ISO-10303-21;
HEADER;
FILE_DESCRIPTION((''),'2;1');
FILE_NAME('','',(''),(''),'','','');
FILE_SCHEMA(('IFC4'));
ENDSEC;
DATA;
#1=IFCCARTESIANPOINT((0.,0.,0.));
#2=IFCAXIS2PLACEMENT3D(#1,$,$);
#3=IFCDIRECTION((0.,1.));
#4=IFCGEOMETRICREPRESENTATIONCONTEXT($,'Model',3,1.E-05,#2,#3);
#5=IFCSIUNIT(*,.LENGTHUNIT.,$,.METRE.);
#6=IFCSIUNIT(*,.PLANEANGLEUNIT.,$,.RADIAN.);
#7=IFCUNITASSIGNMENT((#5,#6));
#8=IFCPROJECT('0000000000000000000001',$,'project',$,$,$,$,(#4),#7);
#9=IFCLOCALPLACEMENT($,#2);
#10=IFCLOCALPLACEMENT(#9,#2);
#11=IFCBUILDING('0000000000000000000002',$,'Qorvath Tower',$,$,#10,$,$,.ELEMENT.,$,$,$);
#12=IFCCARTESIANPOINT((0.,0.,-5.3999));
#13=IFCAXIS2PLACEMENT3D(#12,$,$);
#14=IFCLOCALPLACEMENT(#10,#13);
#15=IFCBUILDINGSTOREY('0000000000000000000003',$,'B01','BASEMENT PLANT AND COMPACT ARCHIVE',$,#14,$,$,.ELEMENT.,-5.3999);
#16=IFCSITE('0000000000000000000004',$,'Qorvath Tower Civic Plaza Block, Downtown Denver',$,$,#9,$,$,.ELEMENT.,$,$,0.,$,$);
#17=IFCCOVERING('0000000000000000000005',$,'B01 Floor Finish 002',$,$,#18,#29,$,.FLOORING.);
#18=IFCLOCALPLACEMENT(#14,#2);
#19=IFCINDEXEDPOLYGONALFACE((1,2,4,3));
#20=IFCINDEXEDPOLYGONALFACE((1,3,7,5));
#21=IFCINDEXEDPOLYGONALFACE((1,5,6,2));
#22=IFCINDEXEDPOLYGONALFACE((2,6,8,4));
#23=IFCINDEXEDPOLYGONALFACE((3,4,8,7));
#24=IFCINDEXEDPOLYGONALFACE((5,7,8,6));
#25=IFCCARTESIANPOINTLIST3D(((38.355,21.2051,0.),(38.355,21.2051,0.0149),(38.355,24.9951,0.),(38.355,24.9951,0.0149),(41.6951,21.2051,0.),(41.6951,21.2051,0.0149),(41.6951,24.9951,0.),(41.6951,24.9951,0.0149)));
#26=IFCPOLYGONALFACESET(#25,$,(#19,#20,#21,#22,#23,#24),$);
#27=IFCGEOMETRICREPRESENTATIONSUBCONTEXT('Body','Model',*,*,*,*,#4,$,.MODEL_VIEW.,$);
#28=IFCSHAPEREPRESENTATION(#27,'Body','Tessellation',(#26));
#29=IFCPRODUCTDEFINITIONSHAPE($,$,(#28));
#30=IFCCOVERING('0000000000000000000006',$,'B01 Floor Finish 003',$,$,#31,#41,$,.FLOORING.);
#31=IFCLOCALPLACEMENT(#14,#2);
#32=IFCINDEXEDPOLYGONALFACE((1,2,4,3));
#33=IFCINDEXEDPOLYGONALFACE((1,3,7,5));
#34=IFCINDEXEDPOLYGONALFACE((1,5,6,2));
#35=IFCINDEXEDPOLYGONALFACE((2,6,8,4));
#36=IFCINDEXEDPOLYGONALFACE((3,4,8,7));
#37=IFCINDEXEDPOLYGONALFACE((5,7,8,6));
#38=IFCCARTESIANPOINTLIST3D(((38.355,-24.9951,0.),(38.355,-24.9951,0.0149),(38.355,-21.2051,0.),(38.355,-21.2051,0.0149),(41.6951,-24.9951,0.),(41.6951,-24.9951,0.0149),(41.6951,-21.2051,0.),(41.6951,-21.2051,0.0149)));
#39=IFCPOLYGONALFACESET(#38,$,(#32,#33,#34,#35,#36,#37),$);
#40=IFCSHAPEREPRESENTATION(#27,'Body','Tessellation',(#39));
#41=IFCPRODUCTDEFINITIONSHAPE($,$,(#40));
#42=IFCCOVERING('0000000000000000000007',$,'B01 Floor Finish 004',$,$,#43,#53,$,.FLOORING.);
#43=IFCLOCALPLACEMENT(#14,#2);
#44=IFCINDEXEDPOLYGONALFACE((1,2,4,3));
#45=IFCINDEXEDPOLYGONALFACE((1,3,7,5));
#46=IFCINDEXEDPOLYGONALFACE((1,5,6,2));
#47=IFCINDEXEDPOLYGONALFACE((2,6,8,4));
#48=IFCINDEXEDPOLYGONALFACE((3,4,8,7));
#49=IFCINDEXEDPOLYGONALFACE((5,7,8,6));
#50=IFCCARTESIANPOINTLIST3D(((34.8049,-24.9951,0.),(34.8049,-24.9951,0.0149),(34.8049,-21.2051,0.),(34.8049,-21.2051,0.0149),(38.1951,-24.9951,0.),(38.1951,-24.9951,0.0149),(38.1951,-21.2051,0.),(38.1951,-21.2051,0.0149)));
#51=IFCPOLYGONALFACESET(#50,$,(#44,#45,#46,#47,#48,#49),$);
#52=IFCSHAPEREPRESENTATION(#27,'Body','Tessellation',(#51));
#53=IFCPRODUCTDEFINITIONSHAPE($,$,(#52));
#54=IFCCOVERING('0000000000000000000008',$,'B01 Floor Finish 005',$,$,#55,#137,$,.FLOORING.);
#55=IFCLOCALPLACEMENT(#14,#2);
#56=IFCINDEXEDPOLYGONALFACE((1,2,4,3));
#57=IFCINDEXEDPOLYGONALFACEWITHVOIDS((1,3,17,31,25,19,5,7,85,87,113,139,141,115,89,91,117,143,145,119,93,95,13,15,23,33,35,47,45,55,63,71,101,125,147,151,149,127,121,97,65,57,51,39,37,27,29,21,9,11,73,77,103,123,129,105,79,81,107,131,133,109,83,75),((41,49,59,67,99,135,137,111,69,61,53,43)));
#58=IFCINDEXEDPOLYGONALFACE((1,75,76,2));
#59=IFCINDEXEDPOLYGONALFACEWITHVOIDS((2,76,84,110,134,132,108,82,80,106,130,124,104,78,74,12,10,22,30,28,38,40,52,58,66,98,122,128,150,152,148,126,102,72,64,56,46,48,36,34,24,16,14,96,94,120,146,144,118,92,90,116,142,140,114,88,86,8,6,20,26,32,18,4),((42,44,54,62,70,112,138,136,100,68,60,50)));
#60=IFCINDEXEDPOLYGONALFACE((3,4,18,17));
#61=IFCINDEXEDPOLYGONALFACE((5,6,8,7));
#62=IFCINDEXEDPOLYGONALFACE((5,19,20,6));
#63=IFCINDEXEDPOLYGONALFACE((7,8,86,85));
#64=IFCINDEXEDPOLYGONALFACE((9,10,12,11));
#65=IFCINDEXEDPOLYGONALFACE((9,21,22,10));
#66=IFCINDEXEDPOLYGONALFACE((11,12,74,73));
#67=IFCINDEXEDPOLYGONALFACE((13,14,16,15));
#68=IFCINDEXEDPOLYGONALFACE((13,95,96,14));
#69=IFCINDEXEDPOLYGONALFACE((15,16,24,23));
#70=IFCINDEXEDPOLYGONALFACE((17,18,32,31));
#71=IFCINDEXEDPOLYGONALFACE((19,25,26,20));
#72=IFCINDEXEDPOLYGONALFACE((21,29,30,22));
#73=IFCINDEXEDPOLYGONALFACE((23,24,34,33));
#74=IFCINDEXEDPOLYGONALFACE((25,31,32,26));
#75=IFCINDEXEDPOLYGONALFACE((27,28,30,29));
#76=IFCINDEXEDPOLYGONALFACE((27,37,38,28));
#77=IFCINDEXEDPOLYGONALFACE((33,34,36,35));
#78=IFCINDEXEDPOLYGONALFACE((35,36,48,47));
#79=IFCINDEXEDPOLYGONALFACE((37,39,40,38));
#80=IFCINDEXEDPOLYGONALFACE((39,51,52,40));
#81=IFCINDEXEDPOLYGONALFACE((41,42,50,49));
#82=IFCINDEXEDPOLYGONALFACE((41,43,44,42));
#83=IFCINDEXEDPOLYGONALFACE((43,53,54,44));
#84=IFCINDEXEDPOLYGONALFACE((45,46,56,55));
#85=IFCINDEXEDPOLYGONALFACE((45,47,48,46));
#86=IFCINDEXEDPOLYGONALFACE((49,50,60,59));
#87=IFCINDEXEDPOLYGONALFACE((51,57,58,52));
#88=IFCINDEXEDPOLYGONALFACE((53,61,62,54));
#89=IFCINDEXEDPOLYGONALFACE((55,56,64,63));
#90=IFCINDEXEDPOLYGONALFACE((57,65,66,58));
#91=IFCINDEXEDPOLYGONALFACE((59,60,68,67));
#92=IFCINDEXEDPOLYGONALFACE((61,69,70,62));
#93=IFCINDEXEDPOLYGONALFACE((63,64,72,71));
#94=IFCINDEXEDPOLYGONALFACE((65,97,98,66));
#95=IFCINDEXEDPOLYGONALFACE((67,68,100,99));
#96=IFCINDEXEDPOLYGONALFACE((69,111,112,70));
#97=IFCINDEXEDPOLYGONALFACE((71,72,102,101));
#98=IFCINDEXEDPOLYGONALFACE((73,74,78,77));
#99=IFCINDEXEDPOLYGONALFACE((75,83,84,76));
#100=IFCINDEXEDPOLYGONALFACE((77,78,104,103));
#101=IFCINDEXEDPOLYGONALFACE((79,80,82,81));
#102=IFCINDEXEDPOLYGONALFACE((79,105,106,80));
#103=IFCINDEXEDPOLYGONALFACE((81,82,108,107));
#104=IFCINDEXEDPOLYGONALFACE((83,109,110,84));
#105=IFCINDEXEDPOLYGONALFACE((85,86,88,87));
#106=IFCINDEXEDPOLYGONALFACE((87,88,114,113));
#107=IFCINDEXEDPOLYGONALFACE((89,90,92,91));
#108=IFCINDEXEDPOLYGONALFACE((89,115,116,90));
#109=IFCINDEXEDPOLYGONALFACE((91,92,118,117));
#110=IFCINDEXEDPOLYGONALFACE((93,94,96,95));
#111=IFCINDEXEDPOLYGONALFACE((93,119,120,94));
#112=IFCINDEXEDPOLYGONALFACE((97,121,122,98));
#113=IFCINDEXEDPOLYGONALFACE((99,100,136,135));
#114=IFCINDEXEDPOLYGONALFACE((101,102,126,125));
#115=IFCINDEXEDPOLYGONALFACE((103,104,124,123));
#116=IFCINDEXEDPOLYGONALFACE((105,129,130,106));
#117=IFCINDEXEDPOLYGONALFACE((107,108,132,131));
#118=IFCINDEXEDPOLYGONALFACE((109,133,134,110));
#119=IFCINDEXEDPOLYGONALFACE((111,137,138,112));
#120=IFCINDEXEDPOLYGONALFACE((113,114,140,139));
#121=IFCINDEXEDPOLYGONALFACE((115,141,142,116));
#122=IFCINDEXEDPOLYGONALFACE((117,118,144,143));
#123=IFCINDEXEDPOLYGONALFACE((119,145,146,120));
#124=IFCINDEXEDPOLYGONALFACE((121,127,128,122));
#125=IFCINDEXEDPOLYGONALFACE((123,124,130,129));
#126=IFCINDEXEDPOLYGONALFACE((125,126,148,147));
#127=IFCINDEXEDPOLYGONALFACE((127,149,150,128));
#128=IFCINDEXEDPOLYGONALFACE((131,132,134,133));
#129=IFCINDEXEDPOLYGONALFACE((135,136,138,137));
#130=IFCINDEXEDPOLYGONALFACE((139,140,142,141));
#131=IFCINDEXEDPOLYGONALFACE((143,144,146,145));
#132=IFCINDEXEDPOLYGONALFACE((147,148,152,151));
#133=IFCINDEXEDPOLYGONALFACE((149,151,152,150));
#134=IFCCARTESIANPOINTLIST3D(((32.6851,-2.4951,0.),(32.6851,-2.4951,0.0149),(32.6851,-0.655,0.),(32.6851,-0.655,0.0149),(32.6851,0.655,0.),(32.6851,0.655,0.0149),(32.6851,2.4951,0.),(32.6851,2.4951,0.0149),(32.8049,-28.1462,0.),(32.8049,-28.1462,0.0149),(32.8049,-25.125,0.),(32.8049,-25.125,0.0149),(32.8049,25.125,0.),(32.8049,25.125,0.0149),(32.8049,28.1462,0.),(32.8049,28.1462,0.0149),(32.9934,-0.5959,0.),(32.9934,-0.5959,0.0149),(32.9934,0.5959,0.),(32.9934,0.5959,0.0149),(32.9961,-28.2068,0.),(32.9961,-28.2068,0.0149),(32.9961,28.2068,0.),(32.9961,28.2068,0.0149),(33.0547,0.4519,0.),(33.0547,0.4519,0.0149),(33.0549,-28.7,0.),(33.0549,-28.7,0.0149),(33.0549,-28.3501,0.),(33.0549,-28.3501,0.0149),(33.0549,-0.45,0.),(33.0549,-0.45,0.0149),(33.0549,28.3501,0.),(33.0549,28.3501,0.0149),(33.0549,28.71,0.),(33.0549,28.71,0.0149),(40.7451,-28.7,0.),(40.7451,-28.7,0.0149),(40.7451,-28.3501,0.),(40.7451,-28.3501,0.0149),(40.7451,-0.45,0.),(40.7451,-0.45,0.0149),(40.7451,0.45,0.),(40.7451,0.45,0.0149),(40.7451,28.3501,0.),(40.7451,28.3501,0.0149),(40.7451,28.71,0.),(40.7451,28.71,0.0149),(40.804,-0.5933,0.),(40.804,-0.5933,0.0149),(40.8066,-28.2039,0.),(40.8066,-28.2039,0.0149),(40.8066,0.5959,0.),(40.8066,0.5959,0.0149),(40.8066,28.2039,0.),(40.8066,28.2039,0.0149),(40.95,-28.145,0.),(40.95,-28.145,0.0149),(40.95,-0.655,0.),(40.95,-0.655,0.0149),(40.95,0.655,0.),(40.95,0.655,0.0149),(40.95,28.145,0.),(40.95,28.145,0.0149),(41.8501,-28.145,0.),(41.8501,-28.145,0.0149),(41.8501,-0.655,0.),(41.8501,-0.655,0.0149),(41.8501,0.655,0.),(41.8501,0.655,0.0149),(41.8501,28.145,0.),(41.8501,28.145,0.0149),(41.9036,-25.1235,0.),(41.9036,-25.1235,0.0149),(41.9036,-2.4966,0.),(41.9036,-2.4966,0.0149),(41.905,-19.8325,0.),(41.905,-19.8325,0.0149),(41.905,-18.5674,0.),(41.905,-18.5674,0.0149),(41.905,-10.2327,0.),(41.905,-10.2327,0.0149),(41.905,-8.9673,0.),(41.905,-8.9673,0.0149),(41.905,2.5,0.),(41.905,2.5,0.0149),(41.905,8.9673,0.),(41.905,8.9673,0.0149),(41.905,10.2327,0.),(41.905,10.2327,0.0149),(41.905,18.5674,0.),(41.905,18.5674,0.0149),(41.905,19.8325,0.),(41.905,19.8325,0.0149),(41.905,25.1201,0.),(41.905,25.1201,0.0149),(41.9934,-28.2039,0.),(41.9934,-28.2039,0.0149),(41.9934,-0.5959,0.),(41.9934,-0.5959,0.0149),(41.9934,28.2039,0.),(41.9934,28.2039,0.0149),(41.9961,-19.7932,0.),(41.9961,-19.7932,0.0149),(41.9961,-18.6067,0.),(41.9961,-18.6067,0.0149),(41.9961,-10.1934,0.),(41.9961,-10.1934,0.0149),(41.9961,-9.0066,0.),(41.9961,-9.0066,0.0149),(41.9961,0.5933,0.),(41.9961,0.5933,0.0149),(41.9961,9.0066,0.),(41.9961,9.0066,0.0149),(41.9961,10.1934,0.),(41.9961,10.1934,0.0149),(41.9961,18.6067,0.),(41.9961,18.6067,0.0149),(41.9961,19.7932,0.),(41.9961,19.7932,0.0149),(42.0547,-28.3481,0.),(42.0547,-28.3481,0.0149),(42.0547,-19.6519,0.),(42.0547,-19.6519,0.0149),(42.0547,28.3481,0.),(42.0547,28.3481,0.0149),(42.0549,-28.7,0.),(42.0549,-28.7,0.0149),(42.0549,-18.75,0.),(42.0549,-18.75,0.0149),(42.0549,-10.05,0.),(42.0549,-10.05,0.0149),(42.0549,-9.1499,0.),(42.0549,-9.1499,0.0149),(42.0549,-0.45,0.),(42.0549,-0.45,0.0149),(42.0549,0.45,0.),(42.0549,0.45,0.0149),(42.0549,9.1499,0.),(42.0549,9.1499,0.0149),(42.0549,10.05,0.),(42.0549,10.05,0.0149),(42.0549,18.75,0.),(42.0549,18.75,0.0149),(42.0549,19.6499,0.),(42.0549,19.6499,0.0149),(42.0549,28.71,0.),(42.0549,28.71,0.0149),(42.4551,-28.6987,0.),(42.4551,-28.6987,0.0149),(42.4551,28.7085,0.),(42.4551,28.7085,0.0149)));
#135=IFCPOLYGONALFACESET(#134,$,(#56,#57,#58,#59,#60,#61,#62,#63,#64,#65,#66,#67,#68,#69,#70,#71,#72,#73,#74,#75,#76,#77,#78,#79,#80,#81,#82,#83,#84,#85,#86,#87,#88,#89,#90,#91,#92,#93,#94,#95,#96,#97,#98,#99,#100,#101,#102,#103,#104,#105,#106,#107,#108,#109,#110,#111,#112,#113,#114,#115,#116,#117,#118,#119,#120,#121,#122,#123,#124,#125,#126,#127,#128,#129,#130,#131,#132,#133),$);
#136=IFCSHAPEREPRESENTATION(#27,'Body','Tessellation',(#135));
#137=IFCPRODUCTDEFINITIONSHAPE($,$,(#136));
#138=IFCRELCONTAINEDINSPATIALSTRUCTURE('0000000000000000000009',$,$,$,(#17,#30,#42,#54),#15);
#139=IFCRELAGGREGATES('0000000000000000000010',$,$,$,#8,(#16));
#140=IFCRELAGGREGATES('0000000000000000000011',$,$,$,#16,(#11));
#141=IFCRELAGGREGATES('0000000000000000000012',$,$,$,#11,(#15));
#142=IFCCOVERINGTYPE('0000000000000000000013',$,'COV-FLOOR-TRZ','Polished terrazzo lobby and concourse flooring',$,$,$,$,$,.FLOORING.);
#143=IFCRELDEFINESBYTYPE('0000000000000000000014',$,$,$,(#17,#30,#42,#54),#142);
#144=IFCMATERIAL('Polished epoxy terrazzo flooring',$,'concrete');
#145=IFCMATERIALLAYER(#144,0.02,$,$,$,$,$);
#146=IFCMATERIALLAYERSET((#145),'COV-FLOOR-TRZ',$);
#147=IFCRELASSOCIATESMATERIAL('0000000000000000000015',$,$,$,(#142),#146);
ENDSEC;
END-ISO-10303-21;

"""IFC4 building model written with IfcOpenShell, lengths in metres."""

from ifc_helpers import new_model, si_unit, direction, frame, origin, place, context, subcontext, project, spatial, polyline, outline, extrude, material, layer, layer_set, type_object, element, save


model = new_model("IFC4")

# Units and contexts
model_context = context("Model", 3, precision=1e-05, world=origin(), true_north=direction((0.0, 1.0)))
body_context = subcontext(model_context, "Body", "Model", "MODEL_VIEW")
ifc_project = project(units=[si_unit("LENGTHUNIT", "METRE"), si_unit("PLANEANGLEUNIT", "RADIAN")], contexts=[model_context])

# Site, building, storey
site_placement = place(None, origin())
site = spatial("IfcSite", under=ifc_project, at=site_placement, Name="Qorvath Tower Civic Plaza Block, Downtown Denver", CompositionType="ELEMENT", RefElevation=0.0)
building_placement = place(site_placement, origin())
building = spatial("IfcBuilding", under=site, at=building_placement, Name="Qorvath Tower", CompositionType="ELEMENT")
storey_placement = place(building_placement, frame((0.0, 0.0, -5.3999)))
storey = spatial("IfcBuildingStorey", under=building, at=storey_placement, Name="B01", Description="BASEMENT PLANT AND COMPACT ARCHIVE", CompositionType="ELEMENT", Elevation=-5.3999)

# Coverings
ifc_material_1 = material(Name="Polished epoxy terrazzo flooring", Category="concrete")
ifc_layer_1 = layer(ifc_material_1, 0.02)
ifc_layer_set_1 = layer_set([ifc_layer_1], Name="COV-FLOOR-TRZ")
covering_type_1 = type_object("IfcCoveringType", Name="COV-FLOOR-TRZ", Description="Polished terrazzo lobby and concourse flooring", PredefinedType="FLOORING", material=ifc_layer_set_1)
covering_1_placement = place(storey_placement, origin())
element("IfcCovering", 1, at=covering_1_placement, inside=storey, type_object=covering_type_1, Name="B01 Floor Finish 002", PredefinedType="FLOORING", context=body_context, shape_type="SweptSolid", body=[
    extrude(outline(polyline([(41.6951, 24.9951), (38.355, 24.9951), (38.355, 21.2051), (41.6951, 21.2051), (41.6951, 24.9951)])), origin(), (0.0, 0.0, 1.0), 0.0149),
])
covering_2_placement = place(storey_placement, origin())
element("IfcCovering", 2, at=covering_2_placement, inside=storey, type_object=covering_type_1, Name="B01 Floor Finish 003", PredefinedType="FLOORING", context=body_context, shape_type="SweptSolid", body=[
    extrude(outline(polyline([(41.6951, -21.2051), (38.355, -21.2051), (38.355, -24.9951), (41.6951, -24.9951), (41.6951, -21.2051)])), origin(), (0.0, 0.0, 1.0), 0.0149),
])
covering_3_placement = place(storey_placement, origin())
element("IfcCovering", 3, at=covering_3_placement, inside=storey, type_object=covering_type_1, Name="B01 Floor Finish 004", PredefinedType="FLOORING", context=body_context, shape_type="SweptSolid", body=[
    extrude(outline(polyline([(38.1951, -21.2051), (34.8049, -21.2051), (34.8049, -24.9951), (38.1951, -24.9951), (38.1951, -21.2051)])), origin(), (0.0, 0.0, 1.0), 0.0149),
])
covering_4_placement = place(storey_placement, origin())
element("IfcCovering", 4, at=covering_4_placement, inside=storey, type_object=covering_type_1, Name="B01 Floor Finish 005", PredefinedType="FLOORING", context=body_context, shape_type="SweptSolid", body=[
    extrude(outline(polyline([(42.0547, -19.6519), (41.9961, -19.7932), (41.905, -19.8325), (41.9036, -25.1235), (32.8049, -25.125), (32.8049, -28.1462), (32.9961, -28.2068), (33.0549, -28.3501), (33.0549, -28.7), (40.7451, -28.7), (40.7451, -28.3501), (40.8066, -28.2039), (40.95, -28.145), (41.8501, -28.145), (41.9934, -28.2039), (42.0547, -28.3481), (42.0549, -28.7), (42.4551, -28.6987), (42.4551, 28.7085), (42.0549, 28.71), (42.0547, 28.3481), (41.9934, 28.2039), (41.8501, 28.145), (40.95, 28.145), (40.8066, 28.2039), (40.7451, 28.3501), (40.7451, 28.71), (33.0549, 28.71), (33.0549, 28.3501), (32.9961, 28.2068), (32.8049, 28.1462), (32.8049, 25.125), (41.905, 25.1201), (41.905, 19.8325), (41.9961, 19.7932), (42.0549, 19.6499), (42.0549, 18.75), (41.9961, 18.6067), (41.905, 18.5674), (41.905, 10.2327), (41.9961, 10.1934), (42.0549, 10.05), (42.0549, 9.1499), (41.9961, 9.0066), (41.905, 8.9673), (41.905, 2.5), (32.6851, 2.4951), (32.6851, 0.655), (32.9934, 0.5959), (33.0547, 0.4519), (33.0549, -0.45), (32.9934, -0.5959), (32.6851, -0.655), (32.6851, -2.4951), (41.9036, -2.4966), (41.905, -8.9673), (41.9961, -9.0066), (42.0549, -9.1499), (42.0549, -10.05), (41.9961, -10.1934), (41.905, -10.2327), (41.905, -18.5674), (41.9961, -18.6067), (42.0549, -18.75), (42.0547, -19.6519)]), holes=[polyline([(40.804, -0.5933), (40.7451, -0.45), (40.7451, 0.45), (40.8066, 0.5959), (40.95, 0.655), (41.8501, 0.655), (41.9961, 0.5933), (42.0549, 0.45), (42.0549, -0.45), (41.9934, -0.5959), (41.8501, -0.655), (40.95, -0.655), (40.804, -0.5933)])]), origin(), (0.0, 0.0, 1.0), 0.0149),
])

save(model, "model.ifc")
